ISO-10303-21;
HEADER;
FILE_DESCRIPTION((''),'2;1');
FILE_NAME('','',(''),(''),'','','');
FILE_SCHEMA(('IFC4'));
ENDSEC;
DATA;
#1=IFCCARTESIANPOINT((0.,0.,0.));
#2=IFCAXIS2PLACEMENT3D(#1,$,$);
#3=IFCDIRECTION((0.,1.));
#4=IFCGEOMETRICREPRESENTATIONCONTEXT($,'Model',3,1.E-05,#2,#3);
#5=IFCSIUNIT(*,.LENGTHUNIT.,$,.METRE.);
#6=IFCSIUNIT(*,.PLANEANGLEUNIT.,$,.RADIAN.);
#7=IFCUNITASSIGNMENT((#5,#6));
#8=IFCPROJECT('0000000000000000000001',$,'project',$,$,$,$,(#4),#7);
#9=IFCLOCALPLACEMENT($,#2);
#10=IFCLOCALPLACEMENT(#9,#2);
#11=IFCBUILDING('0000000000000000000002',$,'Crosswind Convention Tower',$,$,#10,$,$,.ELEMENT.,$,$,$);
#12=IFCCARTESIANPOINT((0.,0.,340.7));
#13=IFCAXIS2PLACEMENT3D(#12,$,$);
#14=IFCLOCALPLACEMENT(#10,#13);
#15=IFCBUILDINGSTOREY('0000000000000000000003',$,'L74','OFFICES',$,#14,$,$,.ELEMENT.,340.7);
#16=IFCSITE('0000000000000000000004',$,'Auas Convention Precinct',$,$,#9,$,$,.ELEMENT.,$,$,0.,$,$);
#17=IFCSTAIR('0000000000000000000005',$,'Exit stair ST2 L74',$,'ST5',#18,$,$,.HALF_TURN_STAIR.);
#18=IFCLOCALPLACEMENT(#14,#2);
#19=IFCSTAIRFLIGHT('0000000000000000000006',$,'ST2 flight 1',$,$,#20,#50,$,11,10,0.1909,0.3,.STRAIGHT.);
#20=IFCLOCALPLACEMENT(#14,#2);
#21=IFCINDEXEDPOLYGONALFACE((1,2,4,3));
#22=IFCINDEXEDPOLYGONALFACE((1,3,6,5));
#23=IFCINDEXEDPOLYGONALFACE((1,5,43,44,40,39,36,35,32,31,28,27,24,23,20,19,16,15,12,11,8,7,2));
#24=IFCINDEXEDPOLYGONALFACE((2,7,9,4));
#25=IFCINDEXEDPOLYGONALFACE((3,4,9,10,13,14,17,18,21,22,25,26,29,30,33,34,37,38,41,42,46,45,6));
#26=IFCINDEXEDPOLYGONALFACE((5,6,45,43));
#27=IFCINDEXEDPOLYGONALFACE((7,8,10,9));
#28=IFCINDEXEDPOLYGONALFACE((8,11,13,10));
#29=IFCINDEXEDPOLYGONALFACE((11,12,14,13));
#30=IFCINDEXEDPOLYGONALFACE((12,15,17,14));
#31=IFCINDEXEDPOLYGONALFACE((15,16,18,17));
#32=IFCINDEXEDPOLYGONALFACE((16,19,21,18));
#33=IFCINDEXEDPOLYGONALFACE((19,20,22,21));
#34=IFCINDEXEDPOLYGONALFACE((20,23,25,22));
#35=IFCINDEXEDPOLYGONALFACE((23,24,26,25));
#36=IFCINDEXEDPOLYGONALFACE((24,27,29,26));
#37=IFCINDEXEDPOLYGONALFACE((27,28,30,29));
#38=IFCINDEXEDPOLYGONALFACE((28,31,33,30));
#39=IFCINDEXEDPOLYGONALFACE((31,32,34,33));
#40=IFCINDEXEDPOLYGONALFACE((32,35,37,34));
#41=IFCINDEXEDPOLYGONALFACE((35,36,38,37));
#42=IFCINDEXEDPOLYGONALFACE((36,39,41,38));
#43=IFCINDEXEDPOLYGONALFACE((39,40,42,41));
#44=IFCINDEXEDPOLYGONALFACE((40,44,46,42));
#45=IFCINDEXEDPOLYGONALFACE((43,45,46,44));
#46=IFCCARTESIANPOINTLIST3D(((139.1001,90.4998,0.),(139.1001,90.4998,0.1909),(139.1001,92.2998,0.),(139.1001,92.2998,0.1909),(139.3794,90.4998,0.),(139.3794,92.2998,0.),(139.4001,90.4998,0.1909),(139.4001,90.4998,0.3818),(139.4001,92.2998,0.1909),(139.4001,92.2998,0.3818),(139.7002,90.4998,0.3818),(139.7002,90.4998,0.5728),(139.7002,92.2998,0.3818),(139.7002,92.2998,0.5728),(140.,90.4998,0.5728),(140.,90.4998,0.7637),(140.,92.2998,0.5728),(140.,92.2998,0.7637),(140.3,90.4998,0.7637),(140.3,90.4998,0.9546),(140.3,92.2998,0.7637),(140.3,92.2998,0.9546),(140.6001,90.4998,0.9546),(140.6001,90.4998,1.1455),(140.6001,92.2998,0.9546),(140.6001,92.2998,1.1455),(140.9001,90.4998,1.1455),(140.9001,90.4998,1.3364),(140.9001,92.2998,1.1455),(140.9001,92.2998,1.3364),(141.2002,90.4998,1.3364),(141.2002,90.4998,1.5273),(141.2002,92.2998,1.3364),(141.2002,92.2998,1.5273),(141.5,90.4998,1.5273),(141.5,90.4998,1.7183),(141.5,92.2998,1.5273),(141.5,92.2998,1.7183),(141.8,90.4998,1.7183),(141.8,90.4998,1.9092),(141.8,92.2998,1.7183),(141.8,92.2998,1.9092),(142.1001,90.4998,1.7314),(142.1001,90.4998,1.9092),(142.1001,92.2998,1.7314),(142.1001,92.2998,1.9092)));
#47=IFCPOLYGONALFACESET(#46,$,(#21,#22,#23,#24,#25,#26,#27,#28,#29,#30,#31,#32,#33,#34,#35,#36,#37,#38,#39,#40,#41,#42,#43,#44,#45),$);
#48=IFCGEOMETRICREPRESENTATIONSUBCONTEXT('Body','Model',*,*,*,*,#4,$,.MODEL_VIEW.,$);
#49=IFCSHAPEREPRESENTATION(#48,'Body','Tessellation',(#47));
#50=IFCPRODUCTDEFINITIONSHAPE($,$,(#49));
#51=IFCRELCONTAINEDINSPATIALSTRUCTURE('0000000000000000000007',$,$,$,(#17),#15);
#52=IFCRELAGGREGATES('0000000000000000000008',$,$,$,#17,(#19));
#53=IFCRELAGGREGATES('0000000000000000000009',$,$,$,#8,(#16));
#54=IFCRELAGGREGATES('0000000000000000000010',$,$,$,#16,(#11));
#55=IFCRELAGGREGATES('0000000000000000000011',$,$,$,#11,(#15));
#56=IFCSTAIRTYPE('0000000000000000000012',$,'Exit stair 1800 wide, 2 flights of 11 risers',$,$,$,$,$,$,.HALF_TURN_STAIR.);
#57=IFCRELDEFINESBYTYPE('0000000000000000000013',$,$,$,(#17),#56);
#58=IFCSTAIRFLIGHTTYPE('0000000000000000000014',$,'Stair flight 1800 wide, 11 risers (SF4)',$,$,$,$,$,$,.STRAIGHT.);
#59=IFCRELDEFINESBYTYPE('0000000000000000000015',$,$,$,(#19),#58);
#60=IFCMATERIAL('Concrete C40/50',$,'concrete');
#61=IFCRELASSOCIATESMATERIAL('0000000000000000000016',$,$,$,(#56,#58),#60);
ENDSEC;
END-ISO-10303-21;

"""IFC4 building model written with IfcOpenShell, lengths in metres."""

from ifc_helpers import new_model, si_unit, direction, frame, origin, place, context, subcontext, project, spatial, polyline, outline, extrude, material, type_object, element, aggregate, save


model = new_model("IFC4")

# Units and contexts
model_context = context("Model", 3, precision=1e-05, world=origin(), true_north=direction((0.0, 1.0)))
body_context = subcontext(model_context, "Body", "Model", "MODEL_VIEW")
ifc_project = project(units=[si_unit("LENGTHUNIT", "METRE"), si_unit("PLANEANGLEUNIT", "RADIAN")], contexts=[model_context])

# Site, building, storey
site_placement = place(None, origin())
site = spatial("IfcSite", under=ifc_project, at=site_placement, Name="Auas Convention Precinct", CompositionType="ELEMENT", RefElevation=0.0)
building_placement = place(site_placement, origin())
building = spatial("IfcBuilding", under=site, at=building_placement, Name="Crosswind Convention Tower", CompositionType="ELEMENT")
storey_placement = place(building_placement, frame((0.0, 0.0, 340.7)))
storey = spatial("IfcBuildingStorey", under=building, at=storey_placement, Name="L74", Description="OFFICES", CompositionType="ELEMENT", Elevation=340.7)

# Stair, stair flight
ifc_material_1 = material(Name="Concrete C40/50", Category="concrete")
stair_type = type_object("IfcStairType", Name="Exit stair 1800 wide, 2 flights of 11 risers", PredefinedType="HALF_TURN_STAIR", material=ifc_material_1)
stair_placement = place(storey_placement, origin())
stair = element("IfcStair", 1, at=stair_placement, inside=storey, type_object=stair_type, Name="Exit stair ST2 L74", ObjectType="ST5", PredefinedType="HALF_TURN_STAIR")
stair_flight_type = type_object("IfcStairFlightType", Name="Stair flight 1800 wide, 11 risers (SF4)", PredefinedType="STRAIGHT", material=ifc_material_1)
stair_flight_placement = place(storey_placement, frame((139.1001, 91.3999, 0.0), z_axis=(0.0, 0.0, 1.0), x_axis=(1.0, 0.0, 0.0)))
stair_flight = element("IfcStairFlight", 2, at=stair_flight_placement, type_object=stair_flight_type, Name="ST2 flight 1", NumberOfRisers=11, NumberOfTreads=10, PredefinedType="STRAIGHT", RiserHeight=0.1909, TreadLength=0.3, context=body_context, shape_type="SweptSolid", body=[
    extrude(outline(polyline([(0.0, 0.0), (0.0, 0.1909), (0.3, 0.1909), (0.3, 0.3818), (0.6001, 0.3818), (0.6001, 0.5728), (0.8999, 0.5728), (0.8999, 0.7637), (1.2, 0.7637), (1.2, 0.9546), (1.5, 0.9546), (1.5, 1.1455), (1.8, 1.1455), (1.8, 1.3364), (2.1001, 1.3364), (2.1001, 1.5273), (2.3999, 1.5273), (2.3999, 1.7183), (2.7, 1.7183), (2.7, 1.9092), (3.0, 1.9092), (3.0, 2.1001), (3.0, 1.7314), (0.2793, 0.0), (0.0, 0.0)])), frame((0.0, 0.8999, 0.0), z_axis=(0.0, -1.0, 0.0), x_axis=(1.0, 0.0, 0.0)), (0.0, 0.0, 1.0), 1.8),
])
aggregate(stair, [stair_flight])

save(model, "model.ifc")
